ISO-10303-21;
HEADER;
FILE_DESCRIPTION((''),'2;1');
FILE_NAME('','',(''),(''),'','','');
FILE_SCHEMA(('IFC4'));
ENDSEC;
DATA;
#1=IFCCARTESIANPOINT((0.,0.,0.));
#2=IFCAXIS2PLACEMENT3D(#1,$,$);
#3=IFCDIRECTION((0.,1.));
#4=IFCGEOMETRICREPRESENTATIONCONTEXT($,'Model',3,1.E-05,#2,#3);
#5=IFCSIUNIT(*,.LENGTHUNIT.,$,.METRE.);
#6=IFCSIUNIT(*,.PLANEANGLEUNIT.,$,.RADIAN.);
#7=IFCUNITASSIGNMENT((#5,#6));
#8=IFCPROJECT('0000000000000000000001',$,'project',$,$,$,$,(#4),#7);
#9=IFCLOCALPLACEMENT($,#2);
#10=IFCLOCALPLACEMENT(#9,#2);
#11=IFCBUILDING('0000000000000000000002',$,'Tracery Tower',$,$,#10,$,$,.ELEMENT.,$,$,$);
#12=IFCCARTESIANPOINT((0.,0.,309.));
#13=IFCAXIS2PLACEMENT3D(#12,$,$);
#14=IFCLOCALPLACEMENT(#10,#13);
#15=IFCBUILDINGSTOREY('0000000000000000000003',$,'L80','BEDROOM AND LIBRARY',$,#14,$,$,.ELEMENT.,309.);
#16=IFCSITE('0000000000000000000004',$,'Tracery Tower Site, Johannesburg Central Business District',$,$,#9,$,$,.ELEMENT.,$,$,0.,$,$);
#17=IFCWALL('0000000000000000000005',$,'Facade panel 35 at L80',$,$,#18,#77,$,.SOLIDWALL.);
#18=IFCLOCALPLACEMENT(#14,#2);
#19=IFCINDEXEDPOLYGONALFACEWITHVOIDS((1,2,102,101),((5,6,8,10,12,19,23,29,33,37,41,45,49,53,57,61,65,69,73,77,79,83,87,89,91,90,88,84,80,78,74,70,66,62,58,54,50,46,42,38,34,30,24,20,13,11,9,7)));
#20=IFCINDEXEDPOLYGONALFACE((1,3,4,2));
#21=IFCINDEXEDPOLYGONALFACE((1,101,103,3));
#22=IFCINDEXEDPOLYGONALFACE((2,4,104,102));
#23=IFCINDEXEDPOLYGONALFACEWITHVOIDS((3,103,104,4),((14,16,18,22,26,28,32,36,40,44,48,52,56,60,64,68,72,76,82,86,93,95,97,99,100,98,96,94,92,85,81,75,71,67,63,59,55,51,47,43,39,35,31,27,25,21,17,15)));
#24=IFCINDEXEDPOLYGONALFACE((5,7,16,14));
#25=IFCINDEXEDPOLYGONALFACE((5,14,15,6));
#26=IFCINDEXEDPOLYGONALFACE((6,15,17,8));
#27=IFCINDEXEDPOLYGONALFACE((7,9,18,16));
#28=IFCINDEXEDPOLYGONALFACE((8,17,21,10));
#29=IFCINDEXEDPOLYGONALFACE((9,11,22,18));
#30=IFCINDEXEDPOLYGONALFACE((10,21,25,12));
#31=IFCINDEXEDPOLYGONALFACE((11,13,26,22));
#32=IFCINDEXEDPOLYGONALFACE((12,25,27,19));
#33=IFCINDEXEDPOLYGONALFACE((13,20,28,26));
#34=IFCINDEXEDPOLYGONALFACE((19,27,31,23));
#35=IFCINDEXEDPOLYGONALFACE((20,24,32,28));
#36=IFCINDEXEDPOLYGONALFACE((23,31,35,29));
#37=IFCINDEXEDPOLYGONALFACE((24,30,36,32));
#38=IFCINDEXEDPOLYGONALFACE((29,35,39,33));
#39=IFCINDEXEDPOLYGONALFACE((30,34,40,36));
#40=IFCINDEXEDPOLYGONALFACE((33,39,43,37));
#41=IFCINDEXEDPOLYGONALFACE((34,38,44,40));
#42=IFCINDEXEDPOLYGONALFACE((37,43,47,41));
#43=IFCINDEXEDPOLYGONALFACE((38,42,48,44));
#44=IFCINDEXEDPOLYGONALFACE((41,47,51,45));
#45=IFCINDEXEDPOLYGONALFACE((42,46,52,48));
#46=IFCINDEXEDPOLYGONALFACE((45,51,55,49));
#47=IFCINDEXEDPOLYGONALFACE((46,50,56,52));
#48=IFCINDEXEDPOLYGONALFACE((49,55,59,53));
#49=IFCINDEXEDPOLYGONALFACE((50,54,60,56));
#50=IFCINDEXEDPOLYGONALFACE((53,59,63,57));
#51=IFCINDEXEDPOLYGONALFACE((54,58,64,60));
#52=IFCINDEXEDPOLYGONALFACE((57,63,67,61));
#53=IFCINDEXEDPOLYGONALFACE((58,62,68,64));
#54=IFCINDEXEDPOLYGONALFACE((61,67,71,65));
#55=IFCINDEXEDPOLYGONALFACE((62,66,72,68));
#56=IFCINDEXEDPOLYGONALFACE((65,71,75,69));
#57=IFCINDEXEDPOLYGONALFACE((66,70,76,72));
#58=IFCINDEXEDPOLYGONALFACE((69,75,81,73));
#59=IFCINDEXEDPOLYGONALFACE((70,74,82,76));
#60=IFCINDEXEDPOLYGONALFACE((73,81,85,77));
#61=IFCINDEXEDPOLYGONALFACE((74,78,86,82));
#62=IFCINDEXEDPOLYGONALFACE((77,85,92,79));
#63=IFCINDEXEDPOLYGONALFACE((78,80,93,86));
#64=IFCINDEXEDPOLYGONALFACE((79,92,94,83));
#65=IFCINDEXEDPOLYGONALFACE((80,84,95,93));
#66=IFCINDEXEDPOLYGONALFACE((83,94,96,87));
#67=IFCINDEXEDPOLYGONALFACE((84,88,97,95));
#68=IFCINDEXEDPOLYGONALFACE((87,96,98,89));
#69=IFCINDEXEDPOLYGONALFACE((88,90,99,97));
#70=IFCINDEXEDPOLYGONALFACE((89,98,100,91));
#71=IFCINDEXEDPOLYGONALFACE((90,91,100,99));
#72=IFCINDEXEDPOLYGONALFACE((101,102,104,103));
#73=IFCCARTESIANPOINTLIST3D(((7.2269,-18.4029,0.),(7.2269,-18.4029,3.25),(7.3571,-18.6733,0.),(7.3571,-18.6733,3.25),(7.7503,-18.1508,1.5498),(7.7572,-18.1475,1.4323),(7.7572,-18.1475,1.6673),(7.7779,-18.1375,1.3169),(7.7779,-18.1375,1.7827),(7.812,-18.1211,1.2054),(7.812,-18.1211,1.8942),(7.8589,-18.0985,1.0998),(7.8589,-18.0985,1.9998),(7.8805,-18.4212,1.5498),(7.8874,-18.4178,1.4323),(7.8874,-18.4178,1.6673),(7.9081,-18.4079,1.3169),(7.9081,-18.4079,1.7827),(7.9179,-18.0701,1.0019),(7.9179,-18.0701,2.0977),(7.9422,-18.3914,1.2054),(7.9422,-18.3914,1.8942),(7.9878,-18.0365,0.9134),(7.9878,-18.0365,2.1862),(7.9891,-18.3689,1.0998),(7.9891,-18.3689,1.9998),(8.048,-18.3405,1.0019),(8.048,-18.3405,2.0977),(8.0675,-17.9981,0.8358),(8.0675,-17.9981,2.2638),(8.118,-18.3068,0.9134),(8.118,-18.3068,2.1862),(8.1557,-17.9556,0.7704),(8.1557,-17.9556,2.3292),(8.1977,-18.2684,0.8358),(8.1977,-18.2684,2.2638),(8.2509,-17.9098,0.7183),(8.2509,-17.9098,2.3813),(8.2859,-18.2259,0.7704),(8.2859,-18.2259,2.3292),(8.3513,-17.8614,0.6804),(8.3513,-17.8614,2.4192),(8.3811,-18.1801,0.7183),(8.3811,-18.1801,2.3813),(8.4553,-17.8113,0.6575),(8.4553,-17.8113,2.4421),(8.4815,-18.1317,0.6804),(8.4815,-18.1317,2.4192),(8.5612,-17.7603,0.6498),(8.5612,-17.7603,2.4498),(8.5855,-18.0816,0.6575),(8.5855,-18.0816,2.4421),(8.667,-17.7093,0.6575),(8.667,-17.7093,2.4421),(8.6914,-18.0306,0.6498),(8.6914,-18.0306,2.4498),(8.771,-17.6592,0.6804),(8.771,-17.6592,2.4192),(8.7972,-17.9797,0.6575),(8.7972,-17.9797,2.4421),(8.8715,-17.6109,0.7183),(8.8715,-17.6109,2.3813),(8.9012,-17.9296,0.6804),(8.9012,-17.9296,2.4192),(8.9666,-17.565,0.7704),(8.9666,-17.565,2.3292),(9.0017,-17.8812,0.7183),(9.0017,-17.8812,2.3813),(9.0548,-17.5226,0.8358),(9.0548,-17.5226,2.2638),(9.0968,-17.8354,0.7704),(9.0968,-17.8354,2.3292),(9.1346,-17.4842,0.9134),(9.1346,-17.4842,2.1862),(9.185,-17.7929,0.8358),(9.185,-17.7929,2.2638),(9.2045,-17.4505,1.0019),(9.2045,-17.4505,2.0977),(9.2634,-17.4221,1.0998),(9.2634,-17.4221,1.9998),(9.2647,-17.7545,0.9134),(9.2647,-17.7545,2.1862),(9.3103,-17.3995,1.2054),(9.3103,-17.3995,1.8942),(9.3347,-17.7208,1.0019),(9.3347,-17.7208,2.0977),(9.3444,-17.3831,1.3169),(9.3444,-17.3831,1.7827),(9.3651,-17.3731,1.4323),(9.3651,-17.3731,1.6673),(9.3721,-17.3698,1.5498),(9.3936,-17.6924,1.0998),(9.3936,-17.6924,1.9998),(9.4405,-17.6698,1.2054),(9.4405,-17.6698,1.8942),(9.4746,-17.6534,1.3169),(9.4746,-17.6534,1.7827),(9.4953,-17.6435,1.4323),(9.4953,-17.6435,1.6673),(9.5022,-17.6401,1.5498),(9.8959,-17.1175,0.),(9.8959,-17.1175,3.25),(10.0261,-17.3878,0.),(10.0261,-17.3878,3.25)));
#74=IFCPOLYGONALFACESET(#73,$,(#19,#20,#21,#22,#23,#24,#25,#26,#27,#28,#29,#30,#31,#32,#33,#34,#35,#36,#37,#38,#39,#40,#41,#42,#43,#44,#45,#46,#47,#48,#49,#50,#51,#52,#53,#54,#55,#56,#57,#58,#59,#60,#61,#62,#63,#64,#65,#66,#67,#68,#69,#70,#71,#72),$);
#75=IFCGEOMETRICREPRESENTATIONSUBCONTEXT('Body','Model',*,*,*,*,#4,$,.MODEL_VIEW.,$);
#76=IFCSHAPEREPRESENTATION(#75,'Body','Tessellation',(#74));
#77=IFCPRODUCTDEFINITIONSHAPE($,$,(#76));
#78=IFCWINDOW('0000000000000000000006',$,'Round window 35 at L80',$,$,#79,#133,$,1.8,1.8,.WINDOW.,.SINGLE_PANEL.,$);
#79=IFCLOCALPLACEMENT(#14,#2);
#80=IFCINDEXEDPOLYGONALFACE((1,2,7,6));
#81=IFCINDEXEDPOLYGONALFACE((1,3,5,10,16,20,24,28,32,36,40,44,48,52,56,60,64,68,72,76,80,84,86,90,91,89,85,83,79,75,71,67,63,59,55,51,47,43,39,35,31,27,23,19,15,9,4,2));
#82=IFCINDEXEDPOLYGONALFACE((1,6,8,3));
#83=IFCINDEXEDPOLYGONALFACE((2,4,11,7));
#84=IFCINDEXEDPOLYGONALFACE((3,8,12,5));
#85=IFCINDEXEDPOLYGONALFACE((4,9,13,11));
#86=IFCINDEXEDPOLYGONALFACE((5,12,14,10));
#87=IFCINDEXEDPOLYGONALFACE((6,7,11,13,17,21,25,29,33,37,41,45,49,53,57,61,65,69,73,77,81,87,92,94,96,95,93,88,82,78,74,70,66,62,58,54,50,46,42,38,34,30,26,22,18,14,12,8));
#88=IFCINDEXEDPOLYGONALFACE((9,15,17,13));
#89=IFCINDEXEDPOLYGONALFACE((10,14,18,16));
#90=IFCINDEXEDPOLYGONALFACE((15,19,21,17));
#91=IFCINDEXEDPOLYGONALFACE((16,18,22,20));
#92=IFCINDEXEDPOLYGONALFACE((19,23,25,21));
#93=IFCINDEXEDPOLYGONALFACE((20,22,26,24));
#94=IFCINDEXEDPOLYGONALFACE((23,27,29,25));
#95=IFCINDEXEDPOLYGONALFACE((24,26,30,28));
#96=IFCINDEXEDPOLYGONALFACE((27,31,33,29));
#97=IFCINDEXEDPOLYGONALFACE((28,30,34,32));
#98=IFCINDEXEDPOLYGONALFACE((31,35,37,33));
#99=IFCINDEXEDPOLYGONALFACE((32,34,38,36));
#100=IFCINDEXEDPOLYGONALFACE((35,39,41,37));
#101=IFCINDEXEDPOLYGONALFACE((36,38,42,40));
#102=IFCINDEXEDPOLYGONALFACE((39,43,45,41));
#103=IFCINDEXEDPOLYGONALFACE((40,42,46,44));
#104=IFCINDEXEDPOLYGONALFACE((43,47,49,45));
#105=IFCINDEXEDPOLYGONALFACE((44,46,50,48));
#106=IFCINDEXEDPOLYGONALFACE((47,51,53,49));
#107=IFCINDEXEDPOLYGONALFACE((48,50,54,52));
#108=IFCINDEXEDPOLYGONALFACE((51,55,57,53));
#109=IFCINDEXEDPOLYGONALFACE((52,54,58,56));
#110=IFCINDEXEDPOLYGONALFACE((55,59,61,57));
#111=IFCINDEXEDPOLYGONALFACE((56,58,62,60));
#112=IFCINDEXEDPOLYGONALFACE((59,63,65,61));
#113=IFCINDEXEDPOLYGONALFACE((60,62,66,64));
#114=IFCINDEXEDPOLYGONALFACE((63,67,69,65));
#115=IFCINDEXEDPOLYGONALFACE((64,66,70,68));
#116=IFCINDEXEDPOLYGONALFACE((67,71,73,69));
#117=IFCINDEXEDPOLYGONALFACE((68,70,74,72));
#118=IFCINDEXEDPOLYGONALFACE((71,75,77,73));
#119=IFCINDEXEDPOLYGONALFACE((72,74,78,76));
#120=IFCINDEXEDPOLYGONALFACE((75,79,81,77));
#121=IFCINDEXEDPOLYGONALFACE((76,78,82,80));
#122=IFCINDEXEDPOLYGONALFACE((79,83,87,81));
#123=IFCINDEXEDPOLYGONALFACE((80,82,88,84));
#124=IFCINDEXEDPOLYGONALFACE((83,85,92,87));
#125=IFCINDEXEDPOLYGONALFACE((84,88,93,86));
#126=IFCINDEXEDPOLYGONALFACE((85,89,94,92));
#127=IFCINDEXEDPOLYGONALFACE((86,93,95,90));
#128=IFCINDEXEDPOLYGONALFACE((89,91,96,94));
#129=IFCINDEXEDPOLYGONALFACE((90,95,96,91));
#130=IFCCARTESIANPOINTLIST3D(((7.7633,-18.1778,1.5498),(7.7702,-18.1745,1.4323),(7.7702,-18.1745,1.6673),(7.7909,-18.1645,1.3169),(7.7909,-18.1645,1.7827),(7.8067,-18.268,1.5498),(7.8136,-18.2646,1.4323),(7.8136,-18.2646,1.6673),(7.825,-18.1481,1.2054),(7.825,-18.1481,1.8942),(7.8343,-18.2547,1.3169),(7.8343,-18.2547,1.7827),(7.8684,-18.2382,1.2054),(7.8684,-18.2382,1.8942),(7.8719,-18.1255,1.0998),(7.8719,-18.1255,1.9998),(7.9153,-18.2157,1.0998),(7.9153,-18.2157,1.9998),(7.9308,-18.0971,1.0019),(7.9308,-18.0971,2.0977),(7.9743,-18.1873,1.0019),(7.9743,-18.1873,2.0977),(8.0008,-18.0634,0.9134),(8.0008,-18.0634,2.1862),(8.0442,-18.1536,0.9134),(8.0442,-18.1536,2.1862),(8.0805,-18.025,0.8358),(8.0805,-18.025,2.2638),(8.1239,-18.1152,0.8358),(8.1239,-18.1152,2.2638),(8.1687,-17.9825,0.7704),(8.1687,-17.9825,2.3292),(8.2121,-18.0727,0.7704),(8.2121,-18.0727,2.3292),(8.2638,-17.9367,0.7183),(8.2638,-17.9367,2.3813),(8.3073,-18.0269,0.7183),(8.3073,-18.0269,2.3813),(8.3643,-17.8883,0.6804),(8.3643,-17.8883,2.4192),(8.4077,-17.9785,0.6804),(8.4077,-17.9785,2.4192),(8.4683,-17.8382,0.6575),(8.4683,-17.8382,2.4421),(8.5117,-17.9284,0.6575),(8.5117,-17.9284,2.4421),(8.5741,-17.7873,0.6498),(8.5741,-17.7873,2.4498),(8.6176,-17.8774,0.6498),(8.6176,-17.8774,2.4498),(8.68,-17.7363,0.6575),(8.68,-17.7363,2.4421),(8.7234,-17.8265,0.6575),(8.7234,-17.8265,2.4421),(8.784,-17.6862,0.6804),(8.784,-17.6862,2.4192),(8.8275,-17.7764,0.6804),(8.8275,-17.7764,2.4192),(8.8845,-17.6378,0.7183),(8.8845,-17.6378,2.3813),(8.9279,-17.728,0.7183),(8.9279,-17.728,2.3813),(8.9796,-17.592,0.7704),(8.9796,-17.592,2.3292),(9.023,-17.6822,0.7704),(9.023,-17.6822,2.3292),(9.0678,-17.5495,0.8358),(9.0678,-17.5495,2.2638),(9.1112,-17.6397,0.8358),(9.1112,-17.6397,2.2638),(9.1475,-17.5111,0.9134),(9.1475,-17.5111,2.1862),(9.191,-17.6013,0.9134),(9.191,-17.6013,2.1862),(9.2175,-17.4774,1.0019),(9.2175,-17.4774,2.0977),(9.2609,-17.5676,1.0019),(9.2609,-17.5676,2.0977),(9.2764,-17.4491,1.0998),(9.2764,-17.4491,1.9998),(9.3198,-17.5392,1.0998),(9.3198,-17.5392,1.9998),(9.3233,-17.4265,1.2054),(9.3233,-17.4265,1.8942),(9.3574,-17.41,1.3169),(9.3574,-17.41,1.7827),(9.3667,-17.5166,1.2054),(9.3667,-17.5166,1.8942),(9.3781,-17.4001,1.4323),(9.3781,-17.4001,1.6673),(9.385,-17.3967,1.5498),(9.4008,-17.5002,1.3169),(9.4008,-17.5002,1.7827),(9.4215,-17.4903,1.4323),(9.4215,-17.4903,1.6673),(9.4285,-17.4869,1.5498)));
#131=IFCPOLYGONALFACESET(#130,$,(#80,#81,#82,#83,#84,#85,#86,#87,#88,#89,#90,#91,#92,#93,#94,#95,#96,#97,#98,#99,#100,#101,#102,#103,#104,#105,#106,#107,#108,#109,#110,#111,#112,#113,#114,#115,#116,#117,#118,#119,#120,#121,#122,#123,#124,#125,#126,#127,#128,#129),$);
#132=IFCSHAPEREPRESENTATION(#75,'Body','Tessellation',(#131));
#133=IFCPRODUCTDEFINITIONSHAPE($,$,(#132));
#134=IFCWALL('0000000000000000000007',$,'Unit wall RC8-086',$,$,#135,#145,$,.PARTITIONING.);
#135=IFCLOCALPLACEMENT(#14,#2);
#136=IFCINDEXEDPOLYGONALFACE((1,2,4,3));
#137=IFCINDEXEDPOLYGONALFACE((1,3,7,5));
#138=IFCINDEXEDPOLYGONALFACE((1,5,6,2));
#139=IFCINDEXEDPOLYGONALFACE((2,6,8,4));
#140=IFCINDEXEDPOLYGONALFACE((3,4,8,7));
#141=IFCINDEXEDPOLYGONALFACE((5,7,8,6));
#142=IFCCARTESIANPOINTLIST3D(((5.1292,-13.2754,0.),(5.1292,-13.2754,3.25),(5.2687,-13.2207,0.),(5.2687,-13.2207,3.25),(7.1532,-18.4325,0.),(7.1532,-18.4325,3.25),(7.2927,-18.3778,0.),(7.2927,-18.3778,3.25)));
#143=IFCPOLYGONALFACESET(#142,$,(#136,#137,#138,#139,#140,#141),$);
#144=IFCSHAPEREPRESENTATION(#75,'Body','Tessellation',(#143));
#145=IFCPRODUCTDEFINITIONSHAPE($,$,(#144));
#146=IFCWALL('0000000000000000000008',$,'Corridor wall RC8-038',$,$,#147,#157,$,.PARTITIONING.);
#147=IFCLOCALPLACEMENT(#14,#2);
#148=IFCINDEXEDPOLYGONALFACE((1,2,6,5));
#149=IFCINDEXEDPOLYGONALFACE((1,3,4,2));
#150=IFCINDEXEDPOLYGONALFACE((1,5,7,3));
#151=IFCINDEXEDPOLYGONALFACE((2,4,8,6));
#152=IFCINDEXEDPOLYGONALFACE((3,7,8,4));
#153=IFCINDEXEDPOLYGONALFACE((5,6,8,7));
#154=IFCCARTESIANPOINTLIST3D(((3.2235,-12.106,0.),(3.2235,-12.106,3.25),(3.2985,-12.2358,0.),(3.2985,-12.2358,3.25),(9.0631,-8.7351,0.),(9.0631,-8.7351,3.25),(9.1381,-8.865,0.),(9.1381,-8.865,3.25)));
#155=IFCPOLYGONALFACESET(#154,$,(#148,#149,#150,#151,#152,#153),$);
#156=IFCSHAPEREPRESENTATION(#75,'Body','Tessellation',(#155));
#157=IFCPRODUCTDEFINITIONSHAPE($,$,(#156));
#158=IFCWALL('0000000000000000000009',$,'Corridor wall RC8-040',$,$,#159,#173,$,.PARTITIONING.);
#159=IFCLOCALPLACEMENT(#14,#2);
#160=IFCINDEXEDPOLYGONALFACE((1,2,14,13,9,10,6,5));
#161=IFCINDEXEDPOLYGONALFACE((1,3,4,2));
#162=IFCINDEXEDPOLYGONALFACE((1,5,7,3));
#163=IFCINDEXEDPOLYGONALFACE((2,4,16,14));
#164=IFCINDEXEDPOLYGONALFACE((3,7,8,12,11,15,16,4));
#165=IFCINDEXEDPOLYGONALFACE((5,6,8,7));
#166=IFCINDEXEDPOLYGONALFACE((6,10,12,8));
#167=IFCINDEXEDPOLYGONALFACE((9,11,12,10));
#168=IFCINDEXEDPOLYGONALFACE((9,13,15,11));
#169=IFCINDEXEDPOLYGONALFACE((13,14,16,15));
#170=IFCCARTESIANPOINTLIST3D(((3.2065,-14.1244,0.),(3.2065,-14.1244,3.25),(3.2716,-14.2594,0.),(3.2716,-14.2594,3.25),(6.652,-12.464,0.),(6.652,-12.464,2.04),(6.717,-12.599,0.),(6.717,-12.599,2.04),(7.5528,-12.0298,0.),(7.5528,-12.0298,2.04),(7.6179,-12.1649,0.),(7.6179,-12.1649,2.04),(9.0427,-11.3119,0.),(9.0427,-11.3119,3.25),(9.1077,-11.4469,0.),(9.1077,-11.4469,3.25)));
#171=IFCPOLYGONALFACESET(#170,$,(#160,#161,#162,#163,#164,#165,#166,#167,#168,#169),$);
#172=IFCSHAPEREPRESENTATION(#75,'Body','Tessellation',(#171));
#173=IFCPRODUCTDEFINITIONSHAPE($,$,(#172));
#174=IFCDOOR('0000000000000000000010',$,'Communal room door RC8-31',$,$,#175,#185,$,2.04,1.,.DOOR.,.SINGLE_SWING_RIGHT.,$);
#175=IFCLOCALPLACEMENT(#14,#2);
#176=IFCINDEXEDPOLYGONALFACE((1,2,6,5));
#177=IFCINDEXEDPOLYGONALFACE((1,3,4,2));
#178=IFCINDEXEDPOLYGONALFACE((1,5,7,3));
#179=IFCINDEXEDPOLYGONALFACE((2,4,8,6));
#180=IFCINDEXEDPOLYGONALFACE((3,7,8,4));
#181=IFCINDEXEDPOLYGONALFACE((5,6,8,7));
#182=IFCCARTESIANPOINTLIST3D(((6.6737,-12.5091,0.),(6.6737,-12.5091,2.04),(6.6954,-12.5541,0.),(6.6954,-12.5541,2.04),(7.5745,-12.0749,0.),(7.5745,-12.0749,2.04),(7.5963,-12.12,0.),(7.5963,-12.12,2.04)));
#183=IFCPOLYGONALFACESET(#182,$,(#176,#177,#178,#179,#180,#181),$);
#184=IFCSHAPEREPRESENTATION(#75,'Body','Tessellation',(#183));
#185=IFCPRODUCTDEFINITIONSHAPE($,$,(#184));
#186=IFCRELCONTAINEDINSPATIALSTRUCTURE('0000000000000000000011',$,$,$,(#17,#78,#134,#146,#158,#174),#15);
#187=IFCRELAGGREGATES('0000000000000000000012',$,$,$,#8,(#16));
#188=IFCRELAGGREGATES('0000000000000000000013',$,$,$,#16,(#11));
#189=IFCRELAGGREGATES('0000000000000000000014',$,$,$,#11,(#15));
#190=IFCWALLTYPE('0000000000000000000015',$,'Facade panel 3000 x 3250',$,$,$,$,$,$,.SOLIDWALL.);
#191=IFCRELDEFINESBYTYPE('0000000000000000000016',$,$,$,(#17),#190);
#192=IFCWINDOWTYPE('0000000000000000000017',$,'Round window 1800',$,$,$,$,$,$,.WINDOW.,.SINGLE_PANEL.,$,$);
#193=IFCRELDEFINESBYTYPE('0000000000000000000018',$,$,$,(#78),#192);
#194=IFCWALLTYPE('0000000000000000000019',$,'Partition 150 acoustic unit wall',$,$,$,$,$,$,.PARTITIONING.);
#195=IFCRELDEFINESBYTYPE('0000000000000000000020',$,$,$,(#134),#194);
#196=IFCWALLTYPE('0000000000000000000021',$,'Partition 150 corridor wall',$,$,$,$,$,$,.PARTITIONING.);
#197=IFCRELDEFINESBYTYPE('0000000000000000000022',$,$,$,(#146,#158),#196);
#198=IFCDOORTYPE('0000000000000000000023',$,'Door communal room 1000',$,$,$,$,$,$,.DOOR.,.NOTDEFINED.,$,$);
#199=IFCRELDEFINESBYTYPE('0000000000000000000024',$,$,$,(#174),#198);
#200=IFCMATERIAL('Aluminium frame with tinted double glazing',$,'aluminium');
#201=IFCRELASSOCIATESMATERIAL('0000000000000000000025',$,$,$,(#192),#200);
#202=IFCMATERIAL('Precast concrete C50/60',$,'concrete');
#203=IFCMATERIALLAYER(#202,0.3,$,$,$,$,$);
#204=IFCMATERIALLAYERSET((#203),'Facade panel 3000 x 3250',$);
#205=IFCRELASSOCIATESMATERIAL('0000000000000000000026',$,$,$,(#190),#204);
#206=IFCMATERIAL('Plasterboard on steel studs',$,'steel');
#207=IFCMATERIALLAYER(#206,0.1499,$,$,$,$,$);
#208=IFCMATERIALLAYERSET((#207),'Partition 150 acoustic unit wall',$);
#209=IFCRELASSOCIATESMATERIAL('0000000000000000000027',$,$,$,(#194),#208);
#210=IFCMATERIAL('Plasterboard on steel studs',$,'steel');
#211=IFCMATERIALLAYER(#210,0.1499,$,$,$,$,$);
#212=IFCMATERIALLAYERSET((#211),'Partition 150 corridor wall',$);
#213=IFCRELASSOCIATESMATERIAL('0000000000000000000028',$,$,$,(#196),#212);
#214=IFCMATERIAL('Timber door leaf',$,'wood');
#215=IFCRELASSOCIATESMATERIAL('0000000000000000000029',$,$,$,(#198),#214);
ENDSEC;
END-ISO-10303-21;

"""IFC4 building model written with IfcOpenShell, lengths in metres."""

from ifc_helpers import new_model, si_unit, direction, frame, frame_2d, origin, origin_2d, place, context, subcontext, project, spatial, rectangle, circle, extrude, material, layer, layer_set, type_object, element, fill, save


model = new_model("IFC4")

# Units and contexts
model_context = context("Model", 3, precision=1e-05, world=origin(), true_north=direction((0.0, 1.0)))
body_context = subcontext(model_context, "Body", "Model", "MODEL_VIEW")
ifc_project = project(units=[si_unit("LENGTHUNIT", "METRE"), si_unit("PLANEANGLEUNIT", "RADIAN")], contexts=[model_context])

# Site, building, storey
site_placement = place(None, origin())
site = spatial("IfcSite", under=ifc_project, at=site_placement, Name="Tracery Tower Site, Johannesburg Central Business District", CompositionType="ELEMENT", RefElevation=0.0)
building_placement = place(site_placement, origin())
building = spatial("IfcBuilding", under=site, at=building_placement, Name="Tracery Tower", CompositionType="ELEMENT")
storey_placement = place(building_placement, frame((0.0, 0.0, 309.0)))
storey = spatial("IfcBuildingStorey", under=building, at=storey_placement, Name="L80", Description="BEDROOM AND LIBRARY", CompositionType="ELEMENT", Elevation=309.0)

# Wall, opening, window
ifc_material_1 = material(Name="Aluminium frame with tinted double glazing", Category="aluminium")
window_type = type_object("IfcWindowType", Name="Round window 1800", PartitioningType="SINGLE_PANEL", PredefinedType="WINDOW", material=ifc_material_1)
ifc_material_2 = material(Name="Precast concrete C50/60", Category="concrete")
ifc_layer_1 = layer(ifc_material_2, 0.3)
ifc_layer_set_1 = layer_set([ifc_layer_1], Name="Facade panel 3000 x 3250")
wall_type_1 = type_object("IfcWallType", Name="Facade panel 3000 x 3250", PredefinedType="SOLIDWALL", material=ifc_layer_set_1)
wall_1_placement = place(storey_placement, frame((7.292, -18.5381, 0.0), z_axis=(0.0, 0.0, 1.0), x_axis=(0.900955, 0.433912, 0.0)))
wall_1 = element("IfcWall", 1, at=wall_1_placement, inside=storey, type_object=wall_type_1, Name="Facade panel 35 at L80", PredefinedType="SOLIDWALL", context=body_context, shape_type="SweptSolid", body=[
    extrude(rectangle(XDim=2.9624, YDim=0.3, at=frame_2d((1.4812, 0.0))), origin(), (0.0, 0.0, 1.0), 3.25),
])
opening_1_placement = place(wall_1_placement, frame((1.481, 0.0, 1.5498)))
opening_1 = element("IfcOpeningElement", 2, at=opening_1_placement, cuts=wall_1, PredefinedType="OPENING", context=body_context, shape_type="SweptSolid", body=[
    extrude(circle(Radius=0.9, at=origin_2d()), frame((0.0, 0.1599, 0.0), z_axis=(0.0, -1.0, 0.0), x_axis=(1.0, 0.0, 0.0)), (0.0, 0.0, 1.0), 0.3201),
])
window_1_placement = place(opening_1_placement, origin())
window_1 = element("IfcWindow", 3, at=window_1_placement, inside=storey, type_object=window_type, Name="Round window 35 at L80", OverallHeight=1.8, OverallWidth=1.8, PartitioningType="SINGLE_PANEL", PredefinedType="WINDOW", context=body_context, shape_type="SweptSolid", body=[
    extrude(circle(Radius=0.9, at=origin_2d()), frame((0.0, 0.1201, 0.0), z_axis=(0.0, -1.0, 0.0), x_axis=(1.0, 0.0, 0.0)), (0.0, 0.0, 1.0), 0.1001),
])
fill(opening_1, window_1)

# Walls
ifc_material_3 = material(Name="Plasterboard on steel studs", Category="steel")
ifc_layer_2 = layer(ifc_material_3, 0.1499)
ifc_layer_set_2 = layer_set([ifc_layer_2], Name="Partition 150 acoustic unit wall")
wall_type_2 = type_object("IfcWallType", Name="Partition 150 acoustic unit wall", PredefinedType="PARTITIONING", material=ifc_layer_set_2)
wall_2_placement = place(storey_placement, frame((5.199, -13.248, 0.0), z_axis=(0.0, 0.0, 1.0), x_axis=(0.365335, -0.930876, 0.0)))
element("IfcWall", 4, at=wall_2_placement, inside=storey, type_object=wall_type_2, Name="Unit wall RC8-086", PredefinedType="PARTITIONING", context=body_context, shape_type="SweptSolid", body=[
    extrude(rectangle(XDim=5.54, YDim=0.1499, at=frame_2d((2.77, 0.0))), origin(), (0.0, 0.0, 1.0), 3.25),
])
ifc_material_4 = material(Name="Plasterboard on steel studs", Category="steel")
ifc_layer_3 = layer(ifc_material_4, 0.1499)
ifc_layer_set_3 = layer_set([ifc_layer_3], Name="Partition 150 corridor wall")
wall_type_3 = type_object("IfcWallType", Name="Partition 150 corridor wall", PredefinedType="PARTITIONING", material=ifc_layer_set_3)
wall_3_placement = place(storey_placement, frame((3.261, -12.1709, 0.0), z_axis=(0.0, 0.0, 1.0), x_axis=(0.866067, 0.499928, 0.0)))
element("IfcWall", 5, at=wall_3_placement, inside=storey, type_object=wall_type_3, Name="Corridor wall RC8-038", PredefinedType="PARTITIONING", context=body_context, shape_type="SweptSolid", body=[
    extrude(rectangle(XDim=6.7427, YDim=0.1499, at=frame_2d((3.3713, 0.0))), origin(), (0.0, 0.0, 1.0), 3.25),
])

# Wall, opening, door
wall_4_placement = place(storey_placement, frame((3.239, -14.1919, 0.0), z_axis=(0.0, 0.0, 1.0), x_axis=(0.900852, 0.434127, 0.0)))
wall_4 = element("IfcWall", 6, at=wall_4_placement, inside=storey, type_object=wall_type_3, Name="Corridor wall RC8-040", PredefinedType="PARTITIONING", context=body_context, shape_type="SweptSolid", body=[
    extrude(rectangle(XDim=6.4785, YDim=0.1499, at=frame_2d((3.2393, 0.0))), origin(), (0.0, 0.0, 1.0), 3.25),
])
opening_2_placement = place(wall_4_placement, frame((3.8247, 0.0, 0.0)))
opening_2 = element("IfcOpeningElement", 7, at=opening_2_placement, cuts=wall_4, PredefinedType="OPENING", context=body_context, shape_type="SweptSolid", body=[
    extrude(rectangle(XDim=1.0, YDim=2.04, at=frame_2d((0.5, 1.02))), frame((0.0, 0.075, 0.0), z_axis=(0.0, -1.0, 0.0), x_axis=(1.0, 0.0, 0.0)), (0.0, 0.0, 1.0), 0.1499),
])
ifc_material_5 = material(Name="Timber door leaf", Category="wood")
door_type = type_object("IfcDoorType", Name="Door communal room 1000", OperationType="NOTDEFINED", PredefinedType="DOOR", material=ifc_material_5)
door_placement = place(opening_2_placement, origin())
door = element("IfcDoor", 8, at=door_placement, inside=storey, type_object=door_type, Name="Communal room door RC8-31", OperationType="SINGLE_SWING_RIGHT", OverallHeight=2.04, OverallWidth=1.0, PredefinedType="DOOR", context=body_context, shape_type="SweptSolid", body=[
    extrude(rectangle(XDim=1.0, YDim=2.04, at=frame_2d((0.5, 1.02))), frame((0.0, 0.0249, 0.0), z_axis=(0.0, -1.0, 0.0), x_axis=(1.0, 0.0, 0.0)), (0.0, 0.0, 1.0), 0.05),
])
fill(opening_2, door)

save(model, "model.ifc")
